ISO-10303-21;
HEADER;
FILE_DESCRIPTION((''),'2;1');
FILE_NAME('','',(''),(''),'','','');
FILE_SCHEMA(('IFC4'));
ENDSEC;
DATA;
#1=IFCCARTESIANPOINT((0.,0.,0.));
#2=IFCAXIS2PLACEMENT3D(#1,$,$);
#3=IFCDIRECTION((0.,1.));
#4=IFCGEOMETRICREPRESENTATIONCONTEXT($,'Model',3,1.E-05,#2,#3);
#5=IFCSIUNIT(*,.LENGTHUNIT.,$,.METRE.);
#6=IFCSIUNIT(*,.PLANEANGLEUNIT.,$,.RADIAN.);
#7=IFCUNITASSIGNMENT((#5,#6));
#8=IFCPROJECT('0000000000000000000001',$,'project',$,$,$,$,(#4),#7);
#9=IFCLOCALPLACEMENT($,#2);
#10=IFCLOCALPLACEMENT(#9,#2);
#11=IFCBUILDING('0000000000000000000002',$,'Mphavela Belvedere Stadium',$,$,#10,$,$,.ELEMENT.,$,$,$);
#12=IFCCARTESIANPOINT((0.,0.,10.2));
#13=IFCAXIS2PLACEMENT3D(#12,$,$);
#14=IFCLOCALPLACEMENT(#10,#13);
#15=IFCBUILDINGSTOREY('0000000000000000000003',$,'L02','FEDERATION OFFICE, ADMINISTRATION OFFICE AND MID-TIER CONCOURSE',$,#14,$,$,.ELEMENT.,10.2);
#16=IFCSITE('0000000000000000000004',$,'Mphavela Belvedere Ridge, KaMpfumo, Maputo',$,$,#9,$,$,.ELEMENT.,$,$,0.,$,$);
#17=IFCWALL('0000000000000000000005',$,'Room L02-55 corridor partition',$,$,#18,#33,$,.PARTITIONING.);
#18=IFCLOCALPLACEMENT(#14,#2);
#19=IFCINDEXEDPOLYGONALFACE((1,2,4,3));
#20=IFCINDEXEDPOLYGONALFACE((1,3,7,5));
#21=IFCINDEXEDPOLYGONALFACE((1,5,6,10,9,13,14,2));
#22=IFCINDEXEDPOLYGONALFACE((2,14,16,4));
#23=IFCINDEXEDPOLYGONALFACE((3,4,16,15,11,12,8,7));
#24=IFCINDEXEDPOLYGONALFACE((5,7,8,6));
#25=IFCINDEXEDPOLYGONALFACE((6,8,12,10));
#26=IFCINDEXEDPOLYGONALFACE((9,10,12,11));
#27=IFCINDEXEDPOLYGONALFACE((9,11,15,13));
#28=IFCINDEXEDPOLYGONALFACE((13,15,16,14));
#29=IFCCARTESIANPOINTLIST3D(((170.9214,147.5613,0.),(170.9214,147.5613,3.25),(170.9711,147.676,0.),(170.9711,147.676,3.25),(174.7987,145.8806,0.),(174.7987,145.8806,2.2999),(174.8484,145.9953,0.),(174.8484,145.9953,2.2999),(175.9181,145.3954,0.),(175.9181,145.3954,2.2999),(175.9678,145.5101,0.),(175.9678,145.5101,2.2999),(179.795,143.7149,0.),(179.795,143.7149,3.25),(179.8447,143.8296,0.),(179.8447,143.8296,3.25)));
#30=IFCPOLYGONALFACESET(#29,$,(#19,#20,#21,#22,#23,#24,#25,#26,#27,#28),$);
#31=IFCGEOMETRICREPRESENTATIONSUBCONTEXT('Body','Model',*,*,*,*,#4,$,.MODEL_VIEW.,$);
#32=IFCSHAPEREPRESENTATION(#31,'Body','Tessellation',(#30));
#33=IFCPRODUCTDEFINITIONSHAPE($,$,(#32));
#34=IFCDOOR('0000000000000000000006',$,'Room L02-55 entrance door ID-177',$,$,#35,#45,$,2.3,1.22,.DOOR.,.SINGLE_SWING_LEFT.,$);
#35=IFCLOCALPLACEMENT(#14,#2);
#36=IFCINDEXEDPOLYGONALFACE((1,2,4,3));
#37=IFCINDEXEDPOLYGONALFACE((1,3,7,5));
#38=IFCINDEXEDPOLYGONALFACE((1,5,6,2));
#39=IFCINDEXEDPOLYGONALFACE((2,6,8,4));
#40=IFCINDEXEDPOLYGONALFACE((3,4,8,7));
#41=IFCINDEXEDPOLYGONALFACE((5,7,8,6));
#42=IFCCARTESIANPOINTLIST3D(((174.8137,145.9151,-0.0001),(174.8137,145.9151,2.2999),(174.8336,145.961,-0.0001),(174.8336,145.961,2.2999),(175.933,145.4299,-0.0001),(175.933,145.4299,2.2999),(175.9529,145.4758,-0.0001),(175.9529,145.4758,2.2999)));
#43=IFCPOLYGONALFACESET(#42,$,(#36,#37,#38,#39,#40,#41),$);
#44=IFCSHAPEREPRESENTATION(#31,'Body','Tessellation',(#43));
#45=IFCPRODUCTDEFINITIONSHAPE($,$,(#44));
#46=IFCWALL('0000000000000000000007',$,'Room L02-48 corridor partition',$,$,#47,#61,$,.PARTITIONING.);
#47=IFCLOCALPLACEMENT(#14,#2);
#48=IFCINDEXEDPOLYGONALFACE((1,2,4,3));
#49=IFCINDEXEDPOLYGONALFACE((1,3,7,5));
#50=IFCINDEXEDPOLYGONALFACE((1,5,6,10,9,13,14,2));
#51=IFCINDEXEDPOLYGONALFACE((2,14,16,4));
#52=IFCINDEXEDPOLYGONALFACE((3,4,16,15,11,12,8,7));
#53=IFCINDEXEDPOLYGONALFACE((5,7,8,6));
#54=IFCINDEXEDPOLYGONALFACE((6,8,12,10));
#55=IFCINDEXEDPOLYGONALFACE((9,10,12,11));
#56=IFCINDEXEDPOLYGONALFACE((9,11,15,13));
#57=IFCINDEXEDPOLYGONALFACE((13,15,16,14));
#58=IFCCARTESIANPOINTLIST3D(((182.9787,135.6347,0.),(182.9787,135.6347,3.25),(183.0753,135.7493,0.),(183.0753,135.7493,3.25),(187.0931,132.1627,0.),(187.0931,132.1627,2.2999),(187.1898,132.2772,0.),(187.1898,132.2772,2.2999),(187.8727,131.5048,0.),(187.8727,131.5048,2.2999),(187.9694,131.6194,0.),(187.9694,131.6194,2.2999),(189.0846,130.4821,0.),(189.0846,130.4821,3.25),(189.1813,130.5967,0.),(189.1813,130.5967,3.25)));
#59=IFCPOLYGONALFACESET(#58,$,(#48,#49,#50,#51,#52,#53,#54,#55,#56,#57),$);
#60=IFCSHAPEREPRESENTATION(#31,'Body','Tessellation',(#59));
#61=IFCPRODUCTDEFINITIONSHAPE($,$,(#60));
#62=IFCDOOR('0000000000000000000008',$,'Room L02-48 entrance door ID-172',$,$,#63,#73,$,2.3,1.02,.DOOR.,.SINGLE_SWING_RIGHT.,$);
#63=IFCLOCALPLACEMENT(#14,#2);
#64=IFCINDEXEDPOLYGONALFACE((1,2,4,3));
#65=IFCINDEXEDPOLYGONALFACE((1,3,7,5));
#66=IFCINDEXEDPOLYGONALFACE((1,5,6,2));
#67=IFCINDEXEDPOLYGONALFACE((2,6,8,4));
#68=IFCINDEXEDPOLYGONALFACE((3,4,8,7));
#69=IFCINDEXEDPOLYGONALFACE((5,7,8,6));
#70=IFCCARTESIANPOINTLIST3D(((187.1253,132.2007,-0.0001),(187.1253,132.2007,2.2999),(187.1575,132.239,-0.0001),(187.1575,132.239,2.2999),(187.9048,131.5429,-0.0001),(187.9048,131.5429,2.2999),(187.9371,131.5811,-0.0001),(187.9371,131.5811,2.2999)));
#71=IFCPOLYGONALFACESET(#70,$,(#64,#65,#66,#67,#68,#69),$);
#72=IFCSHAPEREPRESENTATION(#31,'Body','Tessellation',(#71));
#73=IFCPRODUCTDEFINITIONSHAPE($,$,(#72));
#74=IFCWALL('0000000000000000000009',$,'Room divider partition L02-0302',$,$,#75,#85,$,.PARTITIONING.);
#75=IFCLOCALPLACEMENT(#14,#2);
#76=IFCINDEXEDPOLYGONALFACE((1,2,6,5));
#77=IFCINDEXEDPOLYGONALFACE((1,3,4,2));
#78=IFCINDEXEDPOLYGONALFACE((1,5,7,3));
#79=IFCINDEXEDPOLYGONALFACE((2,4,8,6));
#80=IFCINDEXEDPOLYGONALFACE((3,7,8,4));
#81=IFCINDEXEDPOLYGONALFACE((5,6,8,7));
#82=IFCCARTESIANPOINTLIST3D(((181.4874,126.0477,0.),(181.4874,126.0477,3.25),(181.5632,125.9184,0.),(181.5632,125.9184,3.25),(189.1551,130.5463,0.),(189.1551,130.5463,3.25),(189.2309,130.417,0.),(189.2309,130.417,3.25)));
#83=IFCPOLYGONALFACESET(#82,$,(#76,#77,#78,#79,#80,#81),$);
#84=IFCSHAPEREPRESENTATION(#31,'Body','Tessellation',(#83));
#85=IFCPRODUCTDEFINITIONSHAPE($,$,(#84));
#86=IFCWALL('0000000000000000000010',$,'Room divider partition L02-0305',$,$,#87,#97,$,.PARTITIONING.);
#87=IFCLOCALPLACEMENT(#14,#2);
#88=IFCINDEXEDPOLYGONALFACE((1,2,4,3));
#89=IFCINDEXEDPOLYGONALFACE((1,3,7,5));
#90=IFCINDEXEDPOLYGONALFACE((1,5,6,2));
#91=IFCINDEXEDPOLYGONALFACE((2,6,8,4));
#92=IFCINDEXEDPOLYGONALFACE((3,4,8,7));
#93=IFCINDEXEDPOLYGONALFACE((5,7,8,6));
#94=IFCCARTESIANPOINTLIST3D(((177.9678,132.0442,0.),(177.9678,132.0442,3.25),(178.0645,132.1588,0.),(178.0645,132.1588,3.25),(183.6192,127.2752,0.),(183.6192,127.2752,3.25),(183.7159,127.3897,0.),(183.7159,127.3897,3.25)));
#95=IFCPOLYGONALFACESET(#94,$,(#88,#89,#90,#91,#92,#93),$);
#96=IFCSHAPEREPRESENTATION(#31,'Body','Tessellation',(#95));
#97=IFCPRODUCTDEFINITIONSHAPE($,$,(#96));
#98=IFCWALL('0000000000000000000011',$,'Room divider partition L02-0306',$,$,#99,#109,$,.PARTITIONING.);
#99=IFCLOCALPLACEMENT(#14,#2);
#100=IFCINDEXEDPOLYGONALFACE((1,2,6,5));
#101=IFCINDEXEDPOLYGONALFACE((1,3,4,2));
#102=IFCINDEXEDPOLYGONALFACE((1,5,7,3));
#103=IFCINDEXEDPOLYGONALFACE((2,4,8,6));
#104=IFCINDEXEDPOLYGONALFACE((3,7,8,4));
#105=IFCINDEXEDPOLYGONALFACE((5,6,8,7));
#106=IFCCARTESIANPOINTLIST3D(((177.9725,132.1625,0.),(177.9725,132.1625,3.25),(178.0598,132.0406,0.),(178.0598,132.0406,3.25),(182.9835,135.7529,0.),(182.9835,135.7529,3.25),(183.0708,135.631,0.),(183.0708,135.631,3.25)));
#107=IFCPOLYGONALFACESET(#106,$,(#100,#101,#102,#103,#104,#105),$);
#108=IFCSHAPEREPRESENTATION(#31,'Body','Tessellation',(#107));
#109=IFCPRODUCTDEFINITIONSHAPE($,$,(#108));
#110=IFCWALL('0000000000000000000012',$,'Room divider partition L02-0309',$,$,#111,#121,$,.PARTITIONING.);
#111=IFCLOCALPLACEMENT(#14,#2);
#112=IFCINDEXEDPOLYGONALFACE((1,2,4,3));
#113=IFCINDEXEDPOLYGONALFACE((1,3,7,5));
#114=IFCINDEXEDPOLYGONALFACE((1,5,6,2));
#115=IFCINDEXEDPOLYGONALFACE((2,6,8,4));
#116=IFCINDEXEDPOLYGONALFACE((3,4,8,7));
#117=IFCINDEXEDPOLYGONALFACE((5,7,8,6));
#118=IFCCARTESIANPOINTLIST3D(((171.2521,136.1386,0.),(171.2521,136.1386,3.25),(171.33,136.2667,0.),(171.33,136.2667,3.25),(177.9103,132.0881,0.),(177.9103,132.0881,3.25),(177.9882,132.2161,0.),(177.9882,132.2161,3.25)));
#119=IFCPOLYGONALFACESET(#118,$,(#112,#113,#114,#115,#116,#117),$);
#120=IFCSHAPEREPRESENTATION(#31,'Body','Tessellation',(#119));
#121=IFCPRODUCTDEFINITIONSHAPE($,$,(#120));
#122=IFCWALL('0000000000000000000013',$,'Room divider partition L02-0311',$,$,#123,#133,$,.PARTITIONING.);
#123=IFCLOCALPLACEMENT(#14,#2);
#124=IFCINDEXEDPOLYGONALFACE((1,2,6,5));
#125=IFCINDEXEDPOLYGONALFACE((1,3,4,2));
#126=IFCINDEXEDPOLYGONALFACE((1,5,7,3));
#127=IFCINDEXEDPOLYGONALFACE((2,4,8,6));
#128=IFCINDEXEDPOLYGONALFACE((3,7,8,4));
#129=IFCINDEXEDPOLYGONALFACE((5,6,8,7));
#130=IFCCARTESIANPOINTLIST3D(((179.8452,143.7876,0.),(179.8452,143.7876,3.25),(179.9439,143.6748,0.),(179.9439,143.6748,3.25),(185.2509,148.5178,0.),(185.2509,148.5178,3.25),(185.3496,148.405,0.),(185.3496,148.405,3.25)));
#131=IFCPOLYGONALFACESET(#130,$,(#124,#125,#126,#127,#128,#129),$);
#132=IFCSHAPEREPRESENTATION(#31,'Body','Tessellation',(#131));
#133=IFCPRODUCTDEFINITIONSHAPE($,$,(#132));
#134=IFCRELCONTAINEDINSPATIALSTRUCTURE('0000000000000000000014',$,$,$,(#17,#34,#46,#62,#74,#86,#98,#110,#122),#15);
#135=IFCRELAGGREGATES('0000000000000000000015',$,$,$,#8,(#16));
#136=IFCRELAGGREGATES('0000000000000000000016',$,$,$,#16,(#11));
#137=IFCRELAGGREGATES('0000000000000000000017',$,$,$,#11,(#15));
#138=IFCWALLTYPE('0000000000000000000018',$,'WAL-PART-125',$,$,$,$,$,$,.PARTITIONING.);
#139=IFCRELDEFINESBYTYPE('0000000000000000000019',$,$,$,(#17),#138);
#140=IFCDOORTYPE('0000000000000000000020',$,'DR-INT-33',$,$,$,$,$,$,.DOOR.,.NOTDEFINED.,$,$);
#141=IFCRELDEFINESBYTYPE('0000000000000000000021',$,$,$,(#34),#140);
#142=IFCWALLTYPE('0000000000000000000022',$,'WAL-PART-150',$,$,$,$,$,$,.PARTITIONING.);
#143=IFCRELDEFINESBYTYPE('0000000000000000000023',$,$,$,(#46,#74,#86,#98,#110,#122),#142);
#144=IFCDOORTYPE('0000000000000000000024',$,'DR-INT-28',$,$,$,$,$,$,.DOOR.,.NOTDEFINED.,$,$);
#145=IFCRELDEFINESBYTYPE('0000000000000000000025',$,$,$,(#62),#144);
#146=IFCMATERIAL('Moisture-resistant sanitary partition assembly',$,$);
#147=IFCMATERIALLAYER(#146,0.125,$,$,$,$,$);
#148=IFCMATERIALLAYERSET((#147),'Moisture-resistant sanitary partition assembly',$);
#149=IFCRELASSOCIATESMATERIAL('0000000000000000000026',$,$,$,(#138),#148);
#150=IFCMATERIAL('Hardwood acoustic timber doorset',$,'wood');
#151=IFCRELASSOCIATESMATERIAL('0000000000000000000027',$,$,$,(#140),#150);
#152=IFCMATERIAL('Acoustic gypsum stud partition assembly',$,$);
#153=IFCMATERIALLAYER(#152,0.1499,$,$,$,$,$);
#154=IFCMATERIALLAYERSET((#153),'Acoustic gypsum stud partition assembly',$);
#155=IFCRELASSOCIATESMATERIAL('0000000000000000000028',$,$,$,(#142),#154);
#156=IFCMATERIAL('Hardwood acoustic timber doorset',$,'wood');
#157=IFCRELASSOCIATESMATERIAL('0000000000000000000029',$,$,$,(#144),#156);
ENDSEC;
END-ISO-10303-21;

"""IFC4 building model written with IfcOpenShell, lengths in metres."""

from ifc_helpers import new_model, si_unit, direction, frame, frame_2d, origin, place, context, subcontext, project, spatial, rectangle, extrude, material, layer, layer_set, type_object, element, fill, save


model = new_model("IFC4")

# Units and contexts
model_context = context("Model", 3, precision=1e-05, world=origin(), true_north=direction((0.0, 1.0)))
body_context = subcontext(model_context, "Body", "Model", "MODEL_VIEW")
ifc_project = project(units=[si_unit("LENGTHUNIT", "METRE"), si_unit("PLANEANGLEUNIT", "RADIAN")], contexts=[model_context])

# Site, building, storey
site_placement = place(None, origin())
site = spatial("IfcSite", under=ifc_project, at=site_placement, Name="Mphavela Belvedere Ridge, KaMpfumo, Maputo", CompositionType="ELEMENT", RefElevation=0.0)
building_placement = place(site_placement, origin())
building = spatial("IfcBuilding", under=site, at=building_placement, Name="Mphavela Belvedere Stadium", CompositionType="ELEMENT")
storey_placement = place(building_placement, frame((0.0, 0.0, 10.2)))
storey = spatial("IfcBuildingStorey", under=building, at=storey_placement, Name="L02", Description="FEDERATION OFFICE, ADMINISTRATION OFFICE AND MID-TIER CONCOURSE", CompositionType="ELEMENT", Elevation=10.2)

# Walls, openings, doors
ifc_material_1 = material(Name="Moisture-resistant sanitary partition assembly")
ifc_layer_1 = layer(ifc_material_1, 0.125)
ifc_layer_set_1 = layer_set([ifc_layer_1], Name="Moisture-resistant sanitary partition assembly")
wall_type_1 = type_object("IfcWallType", Name="WAL-PART-125", PredefinedType="PARTITIONING", material=ifc_layer_set_1)
wall_1_placement = place(storey_placement, frame((179.8198, 143.7722, 0.0), z_axis=(0.0, 0.0, 1.0), x_axis=(-0.917509, 0.397715, 0.0)))
wall_1 = element("IfcWall", 1, at=wall_1_placement, inside=storey, type_object=wall_type_1, Name="Room L02-55 corridor partition", PredefinedType="PARTITIONING", context=body_context, shape_type="SweptSolid", body=[
    extrude(rectangle(XDim=9.6714, YDim=0.125, at=frame_2d((4.8357, 0.0))), origin(), (0.0, 0.0, 1.0), 3.25),
])
opening_1_placement = place(wall_1_placement, frame((4.2256, 0.0, 0.0)))
opening_1 = element("IfcOpeningElement", 2, at=opening_1_placement, cuts=wall_1, PredefinedType="OPENING", context=body_context, shape_type="SweptSolid", body=[
    extrude(rectangle(XDim=1.22, YDim=2.3, at=frame_2d((0.6099, 1.1499))), frame((0.0, 0.0725, 0.0), z_axis=(0.0, -1.0, 0.0), x_axis=(1.0, 0.0, 0.0)), (0.0, 0.0, 1.0), 0.145),
])
ifc_material_2 = material(Name="Hardwood acoustic timber doorset", Category="wood")
door_type_1 = type_object("IfcDoorType", Name="DR-INT-33", OperationType="NOTDEFINED", PredefinedType="DOOR", material=ifc_material_2)
door_1_placement = place(opening_1_placement, origin())
door_1 = element("IfcDoor", 3, at=door_1_placement, inside=storey, type_object=door_type_1, Name="Room L02-55 entrance door ID-177", OperationType="SINGLE_SWING_LEFT", OverallHeight=2.3, OverallWidth=1.22, PredefinedType="DOOR", context=body_context, shape_type="SweptSolid", body=[
    extrude(rectangle(XDim=1.22, YDim=2.3, at=frame_2d((0.6099, 1.1499))), frame((0.0, 0.0249, 0.0), z_axis=(0.0, -1.0, 0.0), x_axis=(1.0, 0.0, 0.0)), (0.0, 0.0, 1.0), 0.05),
])
fill(opening_1, door_1)
ifc_material_3 = material(Name="Acoustic gypsum stud partition assembly")
ifc_layer_2 = layer(ifc_material_3, 0.1499)
ifc_layer_set_2 = layer_set([ifc_layer_2], Name="Acoustic gypsum stud partition assembly")
wall_type_2 = type_object("IfcWallType", Name="WAL-PART-150", PredefinedType="PARTITIONING", material=ifc_layer_set_2)
wall_2_placement = place(storey_placement, frame((183.0271, 135.6919, 0.0), z_axis=(0.0, 0.0, 1.0), x_axis=(0.764249, -0.644921, 0.0)))
wall_2 = element("IfcWall", 4, at=wall_2_placement, inside=storey, type_object=wall_type_2, Name="Room L02-48 corridor partition", PredefinedType="PARTITIONING", context=body_context, shape_type="SweptSolid", body=[
    extrude(rectangle(XDim=7.9895, YDim=0.1499, at=frame_2d((3.9946, 0.0))), origin(), (0.0, 0.0, 1.0), 3.25),
])
opening_2_placement = place(wall_2_placement, frame((5.3835, 0.0, 0.0)))
opening_2 = element("IfcOpeningElement", 5, at=opening_2_placement, cuts=wall_2, PredefinedType="OPENING", context=body_context, shape_type="SweptSolid", body=[
    extrude(rectangle(XDim=1.02, YDim=2.3, at=frame_2d((0.51, 1.1499))), frame((0.0, 0.085, 0.0), z_axis=(0.0, -1.0, 0.0), x_axis=(1.0, 0.0, 0.0)), (0.0, 0.0, 1.0), 0.1699),
])
ifc_material_4 = material(Name="Hardwood acoustic timber doorset", Category="wood")
door_type_2 = type_object("IfcDoorType", Name="DR-INT-28", OperationType="NOTDEFINED", PredefinedType="DOOR", material=ifc_material_4)
door_2_placement = place(opening_2_placement, origin())
door_2 = element("IfcDoor", 6, at=door_2_placement, inside=storey, type_object=door_type_2, Name="Room L02-48 entrance door ID-172", OperationType="SINGLE_SWING_RIGHT", OverallHeight=2.3, OverallWidth=1.02, PredefinedType="DOOR", context=body_context, shape_type="SweptSolid", body=[
    extrude(rectangle(XDim=1.02, YDim=2.3, at=frame_2d((0.51, 1.1499))), frame((0.0, 0.0249, 0.0), z_axis=(0.0, -1.0, 0.0), x_axis=(1.0, 0.0, 0.0)), (0.0, 0.0, 1.0), 0.05),
])
fill(opening_2, door_2)

# Walls
wall_3_placement = place(storey_placement, frame((181.5254, 125.9832, 0.0), z_axis=(0.0, 0.0, 1.0), x_axis=(0.862518, 0.506026, 0.0)))
element("IfcWall", 7, at=wall_3_placement, inside=storey, type_object=wall_type_2, Name="Room divider partition L02-0302", PredefinedType="PARTITIONING", context=body_context, shape_type="SweptSolid", body=[
    extrude(rectangle(XDim=8.8899, YDim=0.1499, at=frame_2d((4.4448, 0.0))), origin(), (0.0, 0.0, 1.0), 3.25),
])
wall_4_placement = place(storey_placement, frame((183.6675, 127.3325, 0.0), z_axis=(0.0, 0.0, 1.0), x_axis=(-0.764245, 0.644926, 0.0)))
element("IfcWall", 8, at=wall_4_placement, inside=storey, type_object=wall_type_2, Name="Room divider partition L02-0305", PredefinedType="PARTITIONING", context=body_context, shape_type="SweptSolid", body=[
    extrude(rectangle(XDim=7.3948, YDim=0.1499, at=frame_2d((3.6973, 0.0))), origin(), (0.0, 0.0, 1.0), 3.25),
])
wall_5_placement = place(storey_placement, frame((178.0161, 132.1016, 0.0), z_axis=(0.0, 0.0, 1.0), x_axis=(0.812884, 0.582425, 0.0)))
element("IfcWall", 9, at=wall_5_placement, inside=storey, type_object=wall_type_2, Name="Room divider partition L02-0306", PredefinedType="PARTITIONING", context=body_context, shape_type="SweptSolid", body=[
    extrude(rectangle(XDim=6.1646, YDim=0.1499, at=frame_2d((3.0823, 0.0))), origin(), (0.0, 0.0, 1.0), 3.25),
])
wall_6_placement = place(storey_placement, frame((177.9492, 132.1521, 0.0), z_axis=(0.0, 0.0, 1.0), x_axis=(-0.854329, 0.519733, 0.0)))
element("IfcWall", 10, at=wall_6_placement, inside=storey, type_object=wall_type_2, Name="Room divider partition L02-0309", PredefinedType="PARTITIONING", context=body_context, shape_type="SweptSolid", body=[
    extrude(rectangle(XDim=7.7935, YDim=0.1499, at=frame_2d((3.8967, 0.0))), origin(), (0.0, 0.0, 1.0), 3.25),
])
wall_7_placement = place(storey_placement, frame((179.8945, 143.7312, 0.0), z_axis=(0.0, 0.0, 1.0), x_axis=(0.752564, 0.658519, 0.0)))
element("IfcWall", 11, at=wall_7_placement, inside=storey, type_object=wall_type_2, Name="Room divider partition L02-0311", PredefinedType="PARTITIONING", context=body_context, shape_type="SweptSolid", body=[
    extrude(rectangle(XDim=7.1831, YDim=0.1499, at=frame_2d((3.5916, 0.0))), origin(), (0.0, 0.0, 1.0), 3.25),
])

save(model, "model.ifc")
